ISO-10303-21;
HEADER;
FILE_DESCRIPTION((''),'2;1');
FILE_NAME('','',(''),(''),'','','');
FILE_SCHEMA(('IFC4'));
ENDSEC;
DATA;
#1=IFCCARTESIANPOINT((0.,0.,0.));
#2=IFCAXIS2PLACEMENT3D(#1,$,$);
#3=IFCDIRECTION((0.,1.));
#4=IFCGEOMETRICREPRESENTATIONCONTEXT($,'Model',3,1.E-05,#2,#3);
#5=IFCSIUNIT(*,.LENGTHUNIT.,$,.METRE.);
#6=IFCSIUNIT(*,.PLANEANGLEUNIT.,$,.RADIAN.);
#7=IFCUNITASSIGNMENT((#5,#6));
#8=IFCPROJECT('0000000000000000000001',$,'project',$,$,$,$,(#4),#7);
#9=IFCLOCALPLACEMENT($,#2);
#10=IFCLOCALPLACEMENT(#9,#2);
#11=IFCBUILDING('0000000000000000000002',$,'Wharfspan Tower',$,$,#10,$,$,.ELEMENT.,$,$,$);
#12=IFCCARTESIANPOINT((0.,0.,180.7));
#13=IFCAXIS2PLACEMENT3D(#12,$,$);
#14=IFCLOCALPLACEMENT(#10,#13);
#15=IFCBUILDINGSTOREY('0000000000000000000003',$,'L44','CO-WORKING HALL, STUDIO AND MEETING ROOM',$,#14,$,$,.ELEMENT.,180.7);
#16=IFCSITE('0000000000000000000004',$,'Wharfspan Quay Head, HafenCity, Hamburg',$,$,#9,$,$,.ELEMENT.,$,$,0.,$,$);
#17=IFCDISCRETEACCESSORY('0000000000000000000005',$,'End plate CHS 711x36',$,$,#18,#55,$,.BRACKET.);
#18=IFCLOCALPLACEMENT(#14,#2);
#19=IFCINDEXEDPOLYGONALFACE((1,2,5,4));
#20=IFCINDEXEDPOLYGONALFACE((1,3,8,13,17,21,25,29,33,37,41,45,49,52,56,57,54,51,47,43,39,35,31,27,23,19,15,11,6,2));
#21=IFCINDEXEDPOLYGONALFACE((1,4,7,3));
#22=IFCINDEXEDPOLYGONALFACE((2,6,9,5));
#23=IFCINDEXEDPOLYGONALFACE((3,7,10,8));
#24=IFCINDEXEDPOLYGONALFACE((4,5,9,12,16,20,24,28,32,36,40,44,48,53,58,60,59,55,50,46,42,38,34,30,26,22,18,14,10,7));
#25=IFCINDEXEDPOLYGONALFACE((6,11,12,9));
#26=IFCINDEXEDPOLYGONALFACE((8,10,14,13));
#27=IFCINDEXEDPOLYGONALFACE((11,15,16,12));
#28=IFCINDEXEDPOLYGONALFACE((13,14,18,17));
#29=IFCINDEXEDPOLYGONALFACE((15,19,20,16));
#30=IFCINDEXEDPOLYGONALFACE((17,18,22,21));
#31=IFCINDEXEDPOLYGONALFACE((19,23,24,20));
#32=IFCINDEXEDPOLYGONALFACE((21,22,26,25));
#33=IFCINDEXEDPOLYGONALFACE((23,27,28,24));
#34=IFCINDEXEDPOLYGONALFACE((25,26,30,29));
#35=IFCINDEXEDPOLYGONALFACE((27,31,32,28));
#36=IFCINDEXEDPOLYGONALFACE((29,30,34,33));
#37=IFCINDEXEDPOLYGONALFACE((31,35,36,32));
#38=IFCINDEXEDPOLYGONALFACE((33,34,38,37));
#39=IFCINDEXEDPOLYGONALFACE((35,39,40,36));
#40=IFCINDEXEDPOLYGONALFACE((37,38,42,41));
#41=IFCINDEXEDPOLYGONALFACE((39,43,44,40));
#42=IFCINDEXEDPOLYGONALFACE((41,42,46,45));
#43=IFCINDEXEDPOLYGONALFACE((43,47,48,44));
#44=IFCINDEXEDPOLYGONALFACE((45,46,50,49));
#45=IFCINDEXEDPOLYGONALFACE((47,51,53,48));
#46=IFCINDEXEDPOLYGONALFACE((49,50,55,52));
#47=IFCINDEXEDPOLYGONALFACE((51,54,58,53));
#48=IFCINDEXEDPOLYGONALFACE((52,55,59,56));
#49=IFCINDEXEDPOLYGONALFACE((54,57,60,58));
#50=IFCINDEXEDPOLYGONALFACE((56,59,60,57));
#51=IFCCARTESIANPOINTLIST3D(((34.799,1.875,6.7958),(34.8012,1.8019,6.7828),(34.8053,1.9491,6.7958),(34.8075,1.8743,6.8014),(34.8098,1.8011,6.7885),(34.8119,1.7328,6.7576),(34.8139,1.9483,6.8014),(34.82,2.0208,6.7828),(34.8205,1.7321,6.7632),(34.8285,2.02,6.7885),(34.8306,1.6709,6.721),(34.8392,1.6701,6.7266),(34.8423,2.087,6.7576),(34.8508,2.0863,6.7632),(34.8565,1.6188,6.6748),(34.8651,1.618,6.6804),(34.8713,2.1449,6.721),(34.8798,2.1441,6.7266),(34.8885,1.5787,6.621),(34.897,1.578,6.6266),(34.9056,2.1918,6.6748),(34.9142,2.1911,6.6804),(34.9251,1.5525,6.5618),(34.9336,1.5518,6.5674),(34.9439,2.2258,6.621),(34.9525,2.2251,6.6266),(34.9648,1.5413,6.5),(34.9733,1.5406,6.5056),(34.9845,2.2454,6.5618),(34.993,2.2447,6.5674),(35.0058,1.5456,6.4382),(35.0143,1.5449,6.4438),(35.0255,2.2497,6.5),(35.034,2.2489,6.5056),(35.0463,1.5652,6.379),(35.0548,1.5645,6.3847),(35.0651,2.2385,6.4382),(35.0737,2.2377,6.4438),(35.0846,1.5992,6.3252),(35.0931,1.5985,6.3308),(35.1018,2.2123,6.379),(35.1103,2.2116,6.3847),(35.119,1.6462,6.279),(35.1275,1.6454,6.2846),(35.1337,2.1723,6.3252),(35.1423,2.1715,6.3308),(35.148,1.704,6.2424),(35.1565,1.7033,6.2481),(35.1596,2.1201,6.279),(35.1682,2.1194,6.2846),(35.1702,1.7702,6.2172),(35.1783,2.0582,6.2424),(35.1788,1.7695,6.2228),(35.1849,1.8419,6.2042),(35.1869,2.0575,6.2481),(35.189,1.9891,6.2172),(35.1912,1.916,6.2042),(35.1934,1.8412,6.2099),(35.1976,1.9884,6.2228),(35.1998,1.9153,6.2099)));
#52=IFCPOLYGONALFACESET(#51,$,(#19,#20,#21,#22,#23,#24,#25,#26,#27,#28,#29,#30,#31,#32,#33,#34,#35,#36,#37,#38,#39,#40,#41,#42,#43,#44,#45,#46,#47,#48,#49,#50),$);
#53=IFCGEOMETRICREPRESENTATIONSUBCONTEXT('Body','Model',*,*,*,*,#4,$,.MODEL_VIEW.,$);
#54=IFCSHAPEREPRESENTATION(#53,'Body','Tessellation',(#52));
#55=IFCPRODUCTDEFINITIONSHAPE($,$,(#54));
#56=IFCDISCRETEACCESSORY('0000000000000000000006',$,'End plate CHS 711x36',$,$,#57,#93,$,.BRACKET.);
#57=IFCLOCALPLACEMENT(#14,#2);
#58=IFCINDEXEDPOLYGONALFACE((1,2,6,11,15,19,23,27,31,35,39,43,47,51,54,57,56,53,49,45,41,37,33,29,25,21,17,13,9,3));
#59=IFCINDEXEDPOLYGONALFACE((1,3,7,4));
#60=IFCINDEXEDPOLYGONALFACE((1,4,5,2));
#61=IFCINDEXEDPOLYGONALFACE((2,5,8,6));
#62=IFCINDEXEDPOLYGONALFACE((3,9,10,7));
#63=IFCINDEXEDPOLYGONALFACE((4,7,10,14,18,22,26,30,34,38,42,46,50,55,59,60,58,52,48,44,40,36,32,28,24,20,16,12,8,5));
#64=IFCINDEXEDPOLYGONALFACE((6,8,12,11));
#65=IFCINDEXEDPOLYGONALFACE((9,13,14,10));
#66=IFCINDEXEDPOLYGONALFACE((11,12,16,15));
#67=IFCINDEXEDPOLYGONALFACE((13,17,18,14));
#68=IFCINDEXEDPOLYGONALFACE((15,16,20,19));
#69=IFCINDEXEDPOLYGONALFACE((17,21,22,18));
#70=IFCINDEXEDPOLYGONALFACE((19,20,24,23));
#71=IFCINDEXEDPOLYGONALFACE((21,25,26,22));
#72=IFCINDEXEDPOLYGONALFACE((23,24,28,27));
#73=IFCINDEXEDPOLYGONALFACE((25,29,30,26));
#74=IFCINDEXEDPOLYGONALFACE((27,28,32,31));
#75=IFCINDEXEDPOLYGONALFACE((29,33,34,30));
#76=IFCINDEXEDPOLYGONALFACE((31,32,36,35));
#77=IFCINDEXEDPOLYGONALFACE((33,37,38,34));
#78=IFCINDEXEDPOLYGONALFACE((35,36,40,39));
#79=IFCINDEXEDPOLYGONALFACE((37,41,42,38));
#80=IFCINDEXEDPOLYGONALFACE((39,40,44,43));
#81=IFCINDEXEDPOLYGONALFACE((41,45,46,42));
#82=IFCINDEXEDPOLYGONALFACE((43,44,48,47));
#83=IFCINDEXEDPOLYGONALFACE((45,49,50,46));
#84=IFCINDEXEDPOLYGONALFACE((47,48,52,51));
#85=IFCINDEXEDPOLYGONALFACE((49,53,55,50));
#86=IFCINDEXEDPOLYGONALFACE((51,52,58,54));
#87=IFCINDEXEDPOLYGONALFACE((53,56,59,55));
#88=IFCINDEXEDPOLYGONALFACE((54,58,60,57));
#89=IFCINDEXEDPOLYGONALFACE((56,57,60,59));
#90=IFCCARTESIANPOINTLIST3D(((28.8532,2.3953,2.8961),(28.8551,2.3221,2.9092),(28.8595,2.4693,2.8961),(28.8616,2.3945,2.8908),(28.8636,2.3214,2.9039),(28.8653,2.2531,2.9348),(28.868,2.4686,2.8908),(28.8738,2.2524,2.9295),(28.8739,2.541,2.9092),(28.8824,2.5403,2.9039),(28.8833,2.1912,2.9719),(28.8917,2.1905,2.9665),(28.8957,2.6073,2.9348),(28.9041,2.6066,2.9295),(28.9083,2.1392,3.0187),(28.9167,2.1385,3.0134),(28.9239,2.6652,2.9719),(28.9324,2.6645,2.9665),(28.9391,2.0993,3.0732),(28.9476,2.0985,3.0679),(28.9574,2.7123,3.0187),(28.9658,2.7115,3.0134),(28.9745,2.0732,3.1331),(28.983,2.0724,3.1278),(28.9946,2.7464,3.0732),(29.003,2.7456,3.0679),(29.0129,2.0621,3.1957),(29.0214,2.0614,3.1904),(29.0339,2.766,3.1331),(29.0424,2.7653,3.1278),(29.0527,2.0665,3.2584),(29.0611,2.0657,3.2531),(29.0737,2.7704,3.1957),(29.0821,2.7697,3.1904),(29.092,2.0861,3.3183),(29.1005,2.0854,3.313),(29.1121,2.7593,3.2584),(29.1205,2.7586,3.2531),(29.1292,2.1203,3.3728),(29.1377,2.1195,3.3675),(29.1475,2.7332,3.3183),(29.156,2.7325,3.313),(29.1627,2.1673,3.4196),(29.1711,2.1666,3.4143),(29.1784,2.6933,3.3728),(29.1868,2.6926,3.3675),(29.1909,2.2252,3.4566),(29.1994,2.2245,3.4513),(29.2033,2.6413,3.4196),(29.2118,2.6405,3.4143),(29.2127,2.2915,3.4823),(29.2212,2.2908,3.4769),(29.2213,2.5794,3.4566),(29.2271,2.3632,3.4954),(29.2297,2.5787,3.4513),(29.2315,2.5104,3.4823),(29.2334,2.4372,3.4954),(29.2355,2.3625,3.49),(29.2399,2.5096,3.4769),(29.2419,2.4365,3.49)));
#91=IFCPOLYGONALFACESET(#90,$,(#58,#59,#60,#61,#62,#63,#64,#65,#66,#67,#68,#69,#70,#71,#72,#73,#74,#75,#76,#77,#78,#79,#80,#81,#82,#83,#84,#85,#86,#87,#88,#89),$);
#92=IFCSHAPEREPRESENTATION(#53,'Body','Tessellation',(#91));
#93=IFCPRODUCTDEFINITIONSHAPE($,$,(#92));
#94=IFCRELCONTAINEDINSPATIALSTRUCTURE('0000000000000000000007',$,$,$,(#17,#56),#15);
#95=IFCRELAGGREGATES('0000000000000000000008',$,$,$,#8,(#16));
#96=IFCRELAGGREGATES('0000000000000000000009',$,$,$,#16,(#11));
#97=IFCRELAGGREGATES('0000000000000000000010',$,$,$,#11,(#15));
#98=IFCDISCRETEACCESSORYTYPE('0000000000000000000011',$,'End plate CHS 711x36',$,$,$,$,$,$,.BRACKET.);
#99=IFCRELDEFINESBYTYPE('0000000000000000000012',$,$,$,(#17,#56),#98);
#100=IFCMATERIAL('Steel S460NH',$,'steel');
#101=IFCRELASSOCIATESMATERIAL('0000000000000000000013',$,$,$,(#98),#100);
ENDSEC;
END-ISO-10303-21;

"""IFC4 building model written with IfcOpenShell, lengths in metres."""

from ifc_helpers import new_model, si_unit, direction, frame, origin, origin_2d, place, context, subcontext, project, spatial, circle, extrude, material, material_profile, profile_set, type_object, element, save


model = new_model("IFC4")

# Units and contexts
model_context = context("Model", 3, precision=1e-05, world=origin(), true_north=direction((0.0, 1.0)))
body_context = subcontext(model_context, "Body", "Model", "MODEL_VIEW")
ifc_project = project(units=[si_unit("LENGTHUNIT", "METRE"), si_unit("PLANEANGLEUNIT", "RADIAN")], contexts=[model_context])

# Site, building, storey
site_placement = place(None, origin())
site = spatial("IfcSite", under=ifc_project, at=site_placement, Name="Wharfspan Quay Head, HafenCity, Hamburg", CompositionType="ELEMENT", RefElevation=0.0)
building_placement = place(site_placement, origin())
building = spatial("IfcBuilding", under=site, at=building_placement, Name="Wharfspan Tower", CompositionType="ELEMENT")
storey_placement = place(building_placement, frame((0.0, 0.0, 180.7)))
storey = spatial("IfcBuildingStorey", under=building, at=storey_placement, Name="L44", Description="CO-WORKING HALL, STUDIO AND MEETING ROOM", CompositionType="ELEMENT", Elevation=180.7)

# Shared definitions
ifc_material_1 = material(Name="Steel S460NH", Category="steel")

# Discrete accessories
ifc_material_profile_1 = material_profile(ifc_material_1, circle(Radius=0.3555, at=origin_2d()))
ifc_profile_set_1 = profile_set([ifc_material_profile_1], Name="Steel S460NH")
discrete_accessory_type = type_object("IfcDiscreteAccessoryType", Name="End plate CHS 711x36", PredefinedType="BRACKET", material=ifc_profile_set_1)
discrete_accessory_1_placement = place(storey_placement, frame((34.9951, 1.8955, 6.5), z_axis=(0.83357, -0.071449, 0.547774), x_axis=(0.085401, 0.996343, 0.0)))
element("IfcDiscreteAccessory", 1, at=discrete_accessory_1_placement, inside=storey, type_object=discrete_accessory_type, Name="End plate CHS 711x36", PredefinedType="BRACKET", context=body_context, shape_type="SweptSolid", body=[
    extrude(circle(Radius=0.3555, at=origin_2d()), origin(), (0.0, 0.0, 1.0), 0.0103),
])
discrete_accessory_2_placement = place(storey_placement, frame((29.0518, 2.4155, 3.1904), z_axis=(-0.844416, 0.072379, 0.530776), x_axis=(-0.085402, -0.99635, 0.0)))
element("IfcDiscreteAccessory", 2, at=discrete_accessory_2_placement, inside=storey, type_object=discrete_accessory_type, Name="End plate CHS 711x36", PredefinedType="BRACKET", context=body_context, shape_type="SweptSolid", body=[
    extrude(circle(Radius=0.3555, at=origin_2d()), origin(), (0.0, 0.0, 1.0), 0.01),
])

save(model, "model.ifc")
